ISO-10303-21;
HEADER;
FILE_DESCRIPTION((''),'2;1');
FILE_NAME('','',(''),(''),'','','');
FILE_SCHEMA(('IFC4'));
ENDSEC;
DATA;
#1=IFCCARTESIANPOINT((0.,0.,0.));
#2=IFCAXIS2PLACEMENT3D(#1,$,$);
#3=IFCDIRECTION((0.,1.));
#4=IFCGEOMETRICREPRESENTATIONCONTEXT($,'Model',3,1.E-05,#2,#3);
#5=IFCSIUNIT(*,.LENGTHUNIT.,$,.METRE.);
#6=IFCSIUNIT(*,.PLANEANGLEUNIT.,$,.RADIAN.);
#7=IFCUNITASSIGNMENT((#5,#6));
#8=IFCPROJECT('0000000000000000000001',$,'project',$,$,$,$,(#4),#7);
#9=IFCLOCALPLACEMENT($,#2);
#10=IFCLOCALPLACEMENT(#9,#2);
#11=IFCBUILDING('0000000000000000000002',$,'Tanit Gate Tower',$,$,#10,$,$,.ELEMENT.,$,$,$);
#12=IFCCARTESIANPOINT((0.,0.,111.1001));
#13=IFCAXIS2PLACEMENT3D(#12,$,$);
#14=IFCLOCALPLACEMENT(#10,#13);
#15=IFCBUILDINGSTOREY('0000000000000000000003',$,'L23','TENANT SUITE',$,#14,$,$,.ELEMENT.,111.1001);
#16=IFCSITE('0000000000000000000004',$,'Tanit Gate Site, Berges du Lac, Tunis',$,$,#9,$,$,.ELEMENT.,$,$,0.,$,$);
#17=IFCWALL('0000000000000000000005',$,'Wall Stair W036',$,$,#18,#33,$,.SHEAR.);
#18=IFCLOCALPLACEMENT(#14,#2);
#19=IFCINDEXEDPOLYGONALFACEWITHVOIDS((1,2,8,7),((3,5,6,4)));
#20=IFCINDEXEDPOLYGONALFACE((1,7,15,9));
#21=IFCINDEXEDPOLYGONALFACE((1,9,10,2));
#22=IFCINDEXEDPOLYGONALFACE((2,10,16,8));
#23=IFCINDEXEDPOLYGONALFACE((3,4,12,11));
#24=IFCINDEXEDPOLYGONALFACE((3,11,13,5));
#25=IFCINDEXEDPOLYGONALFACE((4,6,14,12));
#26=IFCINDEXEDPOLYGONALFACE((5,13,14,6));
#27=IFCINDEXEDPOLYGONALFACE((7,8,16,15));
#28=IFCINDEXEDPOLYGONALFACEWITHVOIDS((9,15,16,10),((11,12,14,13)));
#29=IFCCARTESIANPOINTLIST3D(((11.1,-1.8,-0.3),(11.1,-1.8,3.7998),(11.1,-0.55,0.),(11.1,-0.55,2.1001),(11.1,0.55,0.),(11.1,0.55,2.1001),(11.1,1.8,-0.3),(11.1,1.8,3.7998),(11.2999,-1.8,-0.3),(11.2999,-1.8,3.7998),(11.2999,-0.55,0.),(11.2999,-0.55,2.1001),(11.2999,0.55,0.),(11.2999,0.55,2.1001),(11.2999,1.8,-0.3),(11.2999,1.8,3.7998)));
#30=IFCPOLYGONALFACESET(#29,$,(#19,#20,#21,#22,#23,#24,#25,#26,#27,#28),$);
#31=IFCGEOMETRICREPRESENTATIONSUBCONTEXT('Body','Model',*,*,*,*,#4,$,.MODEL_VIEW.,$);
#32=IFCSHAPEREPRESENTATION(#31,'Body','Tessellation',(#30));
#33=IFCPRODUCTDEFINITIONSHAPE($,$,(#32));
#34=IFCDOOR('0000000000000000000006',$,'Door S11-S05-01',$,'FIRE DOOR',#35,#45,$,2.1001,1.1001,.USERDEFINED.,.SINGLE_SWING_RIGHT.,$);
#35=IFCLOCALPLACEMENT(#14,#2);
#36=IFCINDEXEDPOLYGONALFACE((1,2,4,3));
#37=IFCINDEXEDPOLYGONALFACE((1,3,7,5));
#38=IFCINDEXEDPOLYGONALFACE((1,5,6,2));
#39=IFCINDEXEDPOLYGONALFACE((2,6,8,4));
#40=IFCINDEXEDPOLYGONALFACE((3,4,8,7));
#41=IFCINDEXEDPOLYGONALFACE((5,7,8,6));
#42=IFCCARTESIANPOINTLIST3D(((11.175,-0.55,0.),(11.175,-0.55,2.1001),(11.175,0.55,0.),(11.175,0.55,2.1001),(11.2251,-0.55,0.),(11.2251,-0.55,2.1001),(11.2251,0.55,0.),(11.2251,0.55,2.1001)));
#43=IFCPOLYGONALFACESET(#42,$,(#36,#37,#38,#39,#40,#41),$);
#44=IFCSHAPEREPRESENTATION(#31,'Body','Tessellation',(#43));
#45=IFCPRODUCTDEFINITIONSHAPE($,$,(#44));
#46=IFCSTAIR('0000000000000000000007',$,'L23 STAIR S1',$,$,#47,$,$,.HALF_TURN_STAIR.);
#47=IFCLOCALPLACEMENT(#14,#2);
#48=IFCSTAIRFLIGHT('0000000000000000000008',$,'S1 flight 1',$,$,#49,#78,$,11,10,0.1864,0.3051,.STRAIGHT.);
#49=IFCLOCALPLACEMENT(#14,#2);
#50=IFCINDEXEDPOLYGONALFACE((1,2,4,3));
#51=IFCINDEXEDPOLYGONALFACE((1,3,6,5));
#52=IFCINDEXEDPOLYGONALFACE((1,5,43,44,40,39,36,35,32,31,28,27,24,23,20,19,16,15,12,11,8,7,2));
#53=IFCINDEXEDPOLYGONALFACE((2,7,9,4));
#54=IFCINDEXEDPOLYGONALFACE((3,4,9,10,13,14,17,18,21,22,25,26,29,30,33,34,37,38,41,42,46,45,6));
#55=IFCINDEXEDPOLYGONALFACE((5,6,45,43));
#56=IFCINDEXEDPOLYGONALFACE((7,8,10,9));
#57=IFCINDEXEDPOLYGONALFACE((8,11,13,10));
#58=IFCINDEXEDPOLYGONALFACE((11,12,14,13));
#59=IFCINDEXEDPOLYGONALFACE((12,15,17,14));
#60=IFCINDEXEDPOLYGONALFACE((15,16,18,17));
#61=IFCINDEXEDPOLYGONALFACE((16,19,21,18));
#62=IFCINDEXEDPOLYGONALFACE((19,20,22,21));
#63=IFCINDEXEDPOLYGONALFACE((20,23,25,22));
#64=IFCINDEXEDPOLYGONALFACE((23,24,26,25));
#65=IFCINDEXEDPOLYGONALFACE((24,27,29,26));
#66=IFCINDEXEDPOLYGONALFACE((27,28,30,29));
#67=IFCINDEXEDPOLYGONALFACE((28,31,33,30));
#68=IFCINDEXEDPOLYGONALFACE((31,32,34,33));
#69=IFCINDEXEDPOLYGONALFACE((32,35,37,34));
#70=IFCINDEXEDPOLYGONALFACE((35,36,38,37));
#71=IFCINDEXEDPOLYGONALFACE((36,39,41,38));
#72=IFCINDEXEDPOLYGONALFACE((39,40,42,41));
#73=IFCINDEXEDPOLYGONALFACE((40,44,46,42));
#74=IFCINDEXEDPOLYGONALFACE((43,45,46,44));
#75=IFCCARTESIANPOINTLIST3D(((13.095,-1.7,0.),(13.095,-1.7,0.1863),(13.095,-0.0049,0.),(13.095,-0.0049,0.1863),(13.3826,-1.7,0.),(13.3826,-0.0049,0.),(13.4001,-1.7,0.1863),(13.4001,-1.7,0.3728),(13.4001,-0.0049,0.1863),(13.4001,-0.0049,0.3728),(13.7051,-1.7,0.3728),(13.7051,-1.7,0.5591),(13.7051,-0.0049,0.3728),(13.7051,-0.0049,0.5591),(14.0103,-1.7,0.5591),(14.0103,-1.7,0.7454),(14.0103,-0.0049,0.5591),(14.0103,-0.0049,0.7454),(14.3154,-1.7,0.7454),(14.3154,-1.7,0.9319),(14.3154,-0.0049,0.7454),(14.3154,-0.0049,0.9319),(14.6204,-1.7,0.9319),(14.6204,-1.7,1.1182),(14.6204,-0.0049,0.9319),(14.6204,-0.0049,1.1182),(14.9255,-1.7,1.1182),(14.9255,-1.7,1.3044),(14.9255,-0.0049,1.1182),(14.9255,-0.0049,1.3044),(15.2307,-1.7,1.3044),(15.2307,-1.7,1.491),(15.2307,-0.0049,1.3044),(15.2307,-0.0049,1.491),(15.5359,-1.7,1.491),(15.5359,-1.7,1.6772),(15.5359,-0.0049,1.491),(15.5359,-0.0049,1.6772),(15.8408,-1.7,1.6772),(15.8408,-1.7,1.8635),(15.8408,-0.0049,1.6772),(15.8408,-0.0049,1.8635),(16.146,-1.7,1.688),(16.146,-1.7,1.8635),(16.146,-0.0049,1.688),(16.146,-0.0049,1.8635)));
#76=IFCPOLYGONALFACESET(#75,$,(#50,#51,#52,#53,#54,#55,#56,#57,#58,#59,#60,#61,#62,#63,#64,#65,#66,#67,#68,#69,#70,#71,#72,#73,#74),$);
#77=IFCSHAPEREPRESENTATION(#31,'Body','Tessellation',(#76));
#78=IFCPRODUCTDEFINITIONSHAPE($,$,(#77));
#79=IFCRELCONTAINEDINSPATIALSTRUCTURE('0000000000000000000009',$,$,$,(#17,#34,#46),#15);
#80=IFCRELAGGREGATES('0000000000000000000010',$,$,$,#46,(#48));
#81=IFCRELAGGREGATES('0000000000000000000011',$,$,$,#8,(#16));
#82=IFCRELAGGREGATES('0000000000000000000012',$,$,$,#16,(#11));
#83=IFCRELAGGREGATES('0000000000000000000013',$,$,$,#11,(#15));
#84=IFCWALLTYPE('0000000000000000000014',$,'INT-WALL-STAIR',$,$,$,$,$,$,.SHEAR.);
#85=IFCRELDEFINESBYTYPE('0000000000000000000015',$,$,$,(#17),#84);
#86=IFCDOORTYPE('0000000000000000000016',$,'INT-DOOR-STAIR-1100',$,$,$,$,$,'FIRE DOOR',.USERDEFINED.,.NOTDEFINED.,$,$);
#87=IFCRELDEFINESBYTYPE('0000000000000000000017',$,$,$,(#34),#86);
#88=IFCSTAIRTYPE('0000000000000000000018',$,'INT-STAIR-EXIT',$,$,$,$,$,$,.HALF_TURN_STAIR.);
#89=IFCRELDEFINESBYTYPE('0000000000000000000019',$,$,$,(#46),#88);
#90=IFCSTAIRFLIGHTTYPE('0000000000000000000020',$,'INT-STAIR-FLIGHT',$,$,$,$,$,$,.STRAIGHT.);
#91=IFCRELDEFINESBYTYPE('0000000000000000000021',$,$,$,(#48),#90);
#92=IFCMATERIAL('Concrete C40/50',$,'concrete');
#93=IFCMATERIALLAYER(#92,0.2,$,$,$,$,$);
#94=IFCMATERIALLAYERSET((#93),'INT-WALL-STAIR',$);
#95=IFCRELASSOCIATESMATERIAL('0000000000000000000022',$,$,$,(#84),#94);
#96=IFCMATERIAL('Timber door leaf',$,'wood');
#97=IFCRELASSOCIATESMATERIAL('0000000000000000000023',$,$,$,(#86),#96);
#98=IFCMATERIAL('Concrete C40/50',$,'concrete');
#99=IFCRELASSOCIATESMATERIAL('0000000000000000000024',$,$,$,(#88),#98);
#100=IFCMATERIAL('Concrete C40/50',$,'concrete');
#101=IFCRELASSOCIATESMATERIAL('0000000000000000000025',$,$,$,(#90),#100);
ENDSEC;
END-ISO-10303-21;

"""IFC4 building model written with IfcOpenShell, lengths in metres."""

from ifc_helpers import new_model, si_unit, direction, frame, frame_2d, origin, place, context, subcontext, project, spatial, polyline, rectangle, outline, extrude, material, layer, layer_set, type_object, element, fill, aggregate, save


model = new_model("IFC4")

# Units and contexts
model_context = context("Model", 3, precision=1e-05, world=origin(), true_north=direction((0.0, 1.0)))
body_context = subcontext(model_context, "Body", "Model", "MODEL_VIEW")
ifc_project = project(units=[si_unit("LENGTHUNIT", "METRE"), si_unit("PLANEANGLEUNIT", "RADIAN")], contexts=[model_context])

# Site, building, storey
site_placement = place(None, origin())
site = spatial("IfcSite", under=ifc_project, at=site_placement, Name="Tanit Gate Site, Berges du Lac, Tunis", CompositionType="ELEMENT", RefElevation=0.0)
building_placement = place(site_placement, origin())
building = spatial("IfcBuilding", under=site, at=building_placement, Name="Tanit Gate Tower", CompositionType="ELEMENT")
storey_placement = place(building_placement, frame((0.0, 0.0, 111.1001)))
storey = spatial("IfcBuildingStorey", under=building, at=storey_placement, Name="L23", Description="TENANT SUITE", CompositionType="ELEMENT", Elevation=111.1001)

# Shared definitions
ifc_material_1 = material(Name="Concrete C40/50", Category="concrete")
ifc_layer_1 = layer(ifc_material_1, 0.2)
ifc_layer_set_1 = layer_set([ifc_layer_1], Name="INT-WALL-STAIR")
wall_type_1 = type_object("IfcWallType", Name="INT-WALL-STAIR", PredefinedType="SHEAR", material=ifc_layer_set_1)

# Wall, opening, door
wall_1_placement = place(storey_placement, frame((11.2, -1.8, -0.3), z_axis=(0.0, 0.0, 1.0), x_axis=(0.0, 1.0, 0.0)))
wall_1 = element("IfcWall", 1, at=wall_1_placement, inside=storey, type_object=wall_type_1, Name="Wall Stair W036", PredefinedType="SHEAR", context=body_context, shape_type="SweptSolid", body=[
    extrude(rectangle(XDim=3.6001, YDim=0.2, at=frame_2d((1.8, 0.0))), origin(), (0.0, 0.0, 1.0), 4.0999),
])
opening_1_placement = place(wall_1_placement, frame((1.25, 0.0, 0.3)))
opening_1 = element("IfcOpeningElement", 2, at=opening_1_placement, cuts=wall_1, PredefinedType="OPENING", context=body_context, shape_type="SweptSolid", body=[
    extrude(rectangle(XDim=1.1001, YDim=2.1001, at=frame_2d((0.55, 1.05))), frame((0.0, 0.1099, 0.0), z_axis=(0.0, -1.0, 0.0), x_axis=(1.0, 0.0, 0.0)), (0.0, 0.0, 1.0), 0.22),
])
ifc_material_2 = material(Name="Timber door leaf", Category="wood")
door_type_1 = type_object("IfcDoorType", Name="INT-DOOR-STAIR-1100", ElementType="FIRE DOOR", OperationType="NOTDEFINED", PredefinedType="USERDEFINED", material=ifc_material_2)
door_1_placement = place(opening_1_placement, origin())
door_1 = element("IfcDoor", 3, at=door_1_placement, inside=storey, type_object=door_type_1, Name="Door S11-S05-01", ObjectType="FIRE DOOR", OperationType="SINGLE_SWING_RIGHT", OverallHeight=2.1001, OverallWidth=1.1001, PredefinedType="USERDEFINED", context=body_context, shape_type="SweptSolid", body=[
    extrude(rectangle(XDim=1.1001, YDim=2.1001, at=frame_2d((0.55, 1.05))), frame((0.0, 0.0249, 0.0), z_axis=(0.0, -1.0, 0.0), x_axis=(1.0, 0.0, 0.0)), (0.0, 0.0, 1.0), 0.05),
])
fill(opening_1, door_1)

# Stair, stair flight
ifc_material_3 = material(Name="Concrete C40/50", Category="concrete")
stair_type = type_object("IfcStairType", Name="INT-STAIR-EXIT", PredefinedType="HALF_TURN_STAIR", material=ifc_material_3)
stair_placement = place(storey_placement, origin())
stair = element("IfcStair", 4, at=stair_placement, inside=storey, type_object=stair_type, Name="L23 STAIR S1", PredefinedType="HALF_TURN_STAIR")
ifc_material_4 = material(Name="Concrete C40/50", Category="concrete")
stair_flight_type = type_object("IfcStairFlightType", Name="INT-STAIR-FLIGHT", PredefinedType="STRAIGHT", material=ifc_material_4)
stair_flight_placement = place(storey_placement, frame((13.095, -0.8525, 0.0), z_axis=(0.0, 0.0, 1.0), x_axis=(1.0, 0.0, 0.0)))
stair_flight = element("IfcStairFlight", 5, at=stair_flight_placement, type_object=stair_flight_type, Name="S1 flight 1", NumberOfRisers=11, NumberOfTreads=10, PredefinedType="STRAIGHT", RiserHeight=0.1864, TreadLength=0.3051, context=body_context, shape_type="SweptSolid", body=[
    extrude(outline(polyline([(0.0, 0.0), (0.0, 0.1863), (0.3052, 0.1863), (0.3052, 0.3728), (0.6101, 0.3728), (0.6101, 0.5591), (0.9153, 0.5591), (0.9153, 0.7454), (1.2205, 0.7454), (1.2205, 0.9319), (1.5254, 0.9319), (1.5254, 1.1182), (1.8306, 1.1182), (1.8306, 1.3044), (2.1357, 1.3044), (2.1357, 1.491), (2.4409, 1.491), (2.4409, 1.6772), (2.7458, 1.6772), (2.7458, 1.8635), (3.051, 1.8635), (3.051, 2.05), (3.051, 1.688), (0.2876, 0.0), (0.0, 0.0)])), frame((0.0, 0.8477, 0.0), z_axis=(0.0, -1.0, 0.0), x_axis=(1.0, 0.0, 0.0)), (0.0, 0.0, 1.0), 1.6951),
])
aggregate(stair, [stair_flight])

save(model, "model.ifc")
